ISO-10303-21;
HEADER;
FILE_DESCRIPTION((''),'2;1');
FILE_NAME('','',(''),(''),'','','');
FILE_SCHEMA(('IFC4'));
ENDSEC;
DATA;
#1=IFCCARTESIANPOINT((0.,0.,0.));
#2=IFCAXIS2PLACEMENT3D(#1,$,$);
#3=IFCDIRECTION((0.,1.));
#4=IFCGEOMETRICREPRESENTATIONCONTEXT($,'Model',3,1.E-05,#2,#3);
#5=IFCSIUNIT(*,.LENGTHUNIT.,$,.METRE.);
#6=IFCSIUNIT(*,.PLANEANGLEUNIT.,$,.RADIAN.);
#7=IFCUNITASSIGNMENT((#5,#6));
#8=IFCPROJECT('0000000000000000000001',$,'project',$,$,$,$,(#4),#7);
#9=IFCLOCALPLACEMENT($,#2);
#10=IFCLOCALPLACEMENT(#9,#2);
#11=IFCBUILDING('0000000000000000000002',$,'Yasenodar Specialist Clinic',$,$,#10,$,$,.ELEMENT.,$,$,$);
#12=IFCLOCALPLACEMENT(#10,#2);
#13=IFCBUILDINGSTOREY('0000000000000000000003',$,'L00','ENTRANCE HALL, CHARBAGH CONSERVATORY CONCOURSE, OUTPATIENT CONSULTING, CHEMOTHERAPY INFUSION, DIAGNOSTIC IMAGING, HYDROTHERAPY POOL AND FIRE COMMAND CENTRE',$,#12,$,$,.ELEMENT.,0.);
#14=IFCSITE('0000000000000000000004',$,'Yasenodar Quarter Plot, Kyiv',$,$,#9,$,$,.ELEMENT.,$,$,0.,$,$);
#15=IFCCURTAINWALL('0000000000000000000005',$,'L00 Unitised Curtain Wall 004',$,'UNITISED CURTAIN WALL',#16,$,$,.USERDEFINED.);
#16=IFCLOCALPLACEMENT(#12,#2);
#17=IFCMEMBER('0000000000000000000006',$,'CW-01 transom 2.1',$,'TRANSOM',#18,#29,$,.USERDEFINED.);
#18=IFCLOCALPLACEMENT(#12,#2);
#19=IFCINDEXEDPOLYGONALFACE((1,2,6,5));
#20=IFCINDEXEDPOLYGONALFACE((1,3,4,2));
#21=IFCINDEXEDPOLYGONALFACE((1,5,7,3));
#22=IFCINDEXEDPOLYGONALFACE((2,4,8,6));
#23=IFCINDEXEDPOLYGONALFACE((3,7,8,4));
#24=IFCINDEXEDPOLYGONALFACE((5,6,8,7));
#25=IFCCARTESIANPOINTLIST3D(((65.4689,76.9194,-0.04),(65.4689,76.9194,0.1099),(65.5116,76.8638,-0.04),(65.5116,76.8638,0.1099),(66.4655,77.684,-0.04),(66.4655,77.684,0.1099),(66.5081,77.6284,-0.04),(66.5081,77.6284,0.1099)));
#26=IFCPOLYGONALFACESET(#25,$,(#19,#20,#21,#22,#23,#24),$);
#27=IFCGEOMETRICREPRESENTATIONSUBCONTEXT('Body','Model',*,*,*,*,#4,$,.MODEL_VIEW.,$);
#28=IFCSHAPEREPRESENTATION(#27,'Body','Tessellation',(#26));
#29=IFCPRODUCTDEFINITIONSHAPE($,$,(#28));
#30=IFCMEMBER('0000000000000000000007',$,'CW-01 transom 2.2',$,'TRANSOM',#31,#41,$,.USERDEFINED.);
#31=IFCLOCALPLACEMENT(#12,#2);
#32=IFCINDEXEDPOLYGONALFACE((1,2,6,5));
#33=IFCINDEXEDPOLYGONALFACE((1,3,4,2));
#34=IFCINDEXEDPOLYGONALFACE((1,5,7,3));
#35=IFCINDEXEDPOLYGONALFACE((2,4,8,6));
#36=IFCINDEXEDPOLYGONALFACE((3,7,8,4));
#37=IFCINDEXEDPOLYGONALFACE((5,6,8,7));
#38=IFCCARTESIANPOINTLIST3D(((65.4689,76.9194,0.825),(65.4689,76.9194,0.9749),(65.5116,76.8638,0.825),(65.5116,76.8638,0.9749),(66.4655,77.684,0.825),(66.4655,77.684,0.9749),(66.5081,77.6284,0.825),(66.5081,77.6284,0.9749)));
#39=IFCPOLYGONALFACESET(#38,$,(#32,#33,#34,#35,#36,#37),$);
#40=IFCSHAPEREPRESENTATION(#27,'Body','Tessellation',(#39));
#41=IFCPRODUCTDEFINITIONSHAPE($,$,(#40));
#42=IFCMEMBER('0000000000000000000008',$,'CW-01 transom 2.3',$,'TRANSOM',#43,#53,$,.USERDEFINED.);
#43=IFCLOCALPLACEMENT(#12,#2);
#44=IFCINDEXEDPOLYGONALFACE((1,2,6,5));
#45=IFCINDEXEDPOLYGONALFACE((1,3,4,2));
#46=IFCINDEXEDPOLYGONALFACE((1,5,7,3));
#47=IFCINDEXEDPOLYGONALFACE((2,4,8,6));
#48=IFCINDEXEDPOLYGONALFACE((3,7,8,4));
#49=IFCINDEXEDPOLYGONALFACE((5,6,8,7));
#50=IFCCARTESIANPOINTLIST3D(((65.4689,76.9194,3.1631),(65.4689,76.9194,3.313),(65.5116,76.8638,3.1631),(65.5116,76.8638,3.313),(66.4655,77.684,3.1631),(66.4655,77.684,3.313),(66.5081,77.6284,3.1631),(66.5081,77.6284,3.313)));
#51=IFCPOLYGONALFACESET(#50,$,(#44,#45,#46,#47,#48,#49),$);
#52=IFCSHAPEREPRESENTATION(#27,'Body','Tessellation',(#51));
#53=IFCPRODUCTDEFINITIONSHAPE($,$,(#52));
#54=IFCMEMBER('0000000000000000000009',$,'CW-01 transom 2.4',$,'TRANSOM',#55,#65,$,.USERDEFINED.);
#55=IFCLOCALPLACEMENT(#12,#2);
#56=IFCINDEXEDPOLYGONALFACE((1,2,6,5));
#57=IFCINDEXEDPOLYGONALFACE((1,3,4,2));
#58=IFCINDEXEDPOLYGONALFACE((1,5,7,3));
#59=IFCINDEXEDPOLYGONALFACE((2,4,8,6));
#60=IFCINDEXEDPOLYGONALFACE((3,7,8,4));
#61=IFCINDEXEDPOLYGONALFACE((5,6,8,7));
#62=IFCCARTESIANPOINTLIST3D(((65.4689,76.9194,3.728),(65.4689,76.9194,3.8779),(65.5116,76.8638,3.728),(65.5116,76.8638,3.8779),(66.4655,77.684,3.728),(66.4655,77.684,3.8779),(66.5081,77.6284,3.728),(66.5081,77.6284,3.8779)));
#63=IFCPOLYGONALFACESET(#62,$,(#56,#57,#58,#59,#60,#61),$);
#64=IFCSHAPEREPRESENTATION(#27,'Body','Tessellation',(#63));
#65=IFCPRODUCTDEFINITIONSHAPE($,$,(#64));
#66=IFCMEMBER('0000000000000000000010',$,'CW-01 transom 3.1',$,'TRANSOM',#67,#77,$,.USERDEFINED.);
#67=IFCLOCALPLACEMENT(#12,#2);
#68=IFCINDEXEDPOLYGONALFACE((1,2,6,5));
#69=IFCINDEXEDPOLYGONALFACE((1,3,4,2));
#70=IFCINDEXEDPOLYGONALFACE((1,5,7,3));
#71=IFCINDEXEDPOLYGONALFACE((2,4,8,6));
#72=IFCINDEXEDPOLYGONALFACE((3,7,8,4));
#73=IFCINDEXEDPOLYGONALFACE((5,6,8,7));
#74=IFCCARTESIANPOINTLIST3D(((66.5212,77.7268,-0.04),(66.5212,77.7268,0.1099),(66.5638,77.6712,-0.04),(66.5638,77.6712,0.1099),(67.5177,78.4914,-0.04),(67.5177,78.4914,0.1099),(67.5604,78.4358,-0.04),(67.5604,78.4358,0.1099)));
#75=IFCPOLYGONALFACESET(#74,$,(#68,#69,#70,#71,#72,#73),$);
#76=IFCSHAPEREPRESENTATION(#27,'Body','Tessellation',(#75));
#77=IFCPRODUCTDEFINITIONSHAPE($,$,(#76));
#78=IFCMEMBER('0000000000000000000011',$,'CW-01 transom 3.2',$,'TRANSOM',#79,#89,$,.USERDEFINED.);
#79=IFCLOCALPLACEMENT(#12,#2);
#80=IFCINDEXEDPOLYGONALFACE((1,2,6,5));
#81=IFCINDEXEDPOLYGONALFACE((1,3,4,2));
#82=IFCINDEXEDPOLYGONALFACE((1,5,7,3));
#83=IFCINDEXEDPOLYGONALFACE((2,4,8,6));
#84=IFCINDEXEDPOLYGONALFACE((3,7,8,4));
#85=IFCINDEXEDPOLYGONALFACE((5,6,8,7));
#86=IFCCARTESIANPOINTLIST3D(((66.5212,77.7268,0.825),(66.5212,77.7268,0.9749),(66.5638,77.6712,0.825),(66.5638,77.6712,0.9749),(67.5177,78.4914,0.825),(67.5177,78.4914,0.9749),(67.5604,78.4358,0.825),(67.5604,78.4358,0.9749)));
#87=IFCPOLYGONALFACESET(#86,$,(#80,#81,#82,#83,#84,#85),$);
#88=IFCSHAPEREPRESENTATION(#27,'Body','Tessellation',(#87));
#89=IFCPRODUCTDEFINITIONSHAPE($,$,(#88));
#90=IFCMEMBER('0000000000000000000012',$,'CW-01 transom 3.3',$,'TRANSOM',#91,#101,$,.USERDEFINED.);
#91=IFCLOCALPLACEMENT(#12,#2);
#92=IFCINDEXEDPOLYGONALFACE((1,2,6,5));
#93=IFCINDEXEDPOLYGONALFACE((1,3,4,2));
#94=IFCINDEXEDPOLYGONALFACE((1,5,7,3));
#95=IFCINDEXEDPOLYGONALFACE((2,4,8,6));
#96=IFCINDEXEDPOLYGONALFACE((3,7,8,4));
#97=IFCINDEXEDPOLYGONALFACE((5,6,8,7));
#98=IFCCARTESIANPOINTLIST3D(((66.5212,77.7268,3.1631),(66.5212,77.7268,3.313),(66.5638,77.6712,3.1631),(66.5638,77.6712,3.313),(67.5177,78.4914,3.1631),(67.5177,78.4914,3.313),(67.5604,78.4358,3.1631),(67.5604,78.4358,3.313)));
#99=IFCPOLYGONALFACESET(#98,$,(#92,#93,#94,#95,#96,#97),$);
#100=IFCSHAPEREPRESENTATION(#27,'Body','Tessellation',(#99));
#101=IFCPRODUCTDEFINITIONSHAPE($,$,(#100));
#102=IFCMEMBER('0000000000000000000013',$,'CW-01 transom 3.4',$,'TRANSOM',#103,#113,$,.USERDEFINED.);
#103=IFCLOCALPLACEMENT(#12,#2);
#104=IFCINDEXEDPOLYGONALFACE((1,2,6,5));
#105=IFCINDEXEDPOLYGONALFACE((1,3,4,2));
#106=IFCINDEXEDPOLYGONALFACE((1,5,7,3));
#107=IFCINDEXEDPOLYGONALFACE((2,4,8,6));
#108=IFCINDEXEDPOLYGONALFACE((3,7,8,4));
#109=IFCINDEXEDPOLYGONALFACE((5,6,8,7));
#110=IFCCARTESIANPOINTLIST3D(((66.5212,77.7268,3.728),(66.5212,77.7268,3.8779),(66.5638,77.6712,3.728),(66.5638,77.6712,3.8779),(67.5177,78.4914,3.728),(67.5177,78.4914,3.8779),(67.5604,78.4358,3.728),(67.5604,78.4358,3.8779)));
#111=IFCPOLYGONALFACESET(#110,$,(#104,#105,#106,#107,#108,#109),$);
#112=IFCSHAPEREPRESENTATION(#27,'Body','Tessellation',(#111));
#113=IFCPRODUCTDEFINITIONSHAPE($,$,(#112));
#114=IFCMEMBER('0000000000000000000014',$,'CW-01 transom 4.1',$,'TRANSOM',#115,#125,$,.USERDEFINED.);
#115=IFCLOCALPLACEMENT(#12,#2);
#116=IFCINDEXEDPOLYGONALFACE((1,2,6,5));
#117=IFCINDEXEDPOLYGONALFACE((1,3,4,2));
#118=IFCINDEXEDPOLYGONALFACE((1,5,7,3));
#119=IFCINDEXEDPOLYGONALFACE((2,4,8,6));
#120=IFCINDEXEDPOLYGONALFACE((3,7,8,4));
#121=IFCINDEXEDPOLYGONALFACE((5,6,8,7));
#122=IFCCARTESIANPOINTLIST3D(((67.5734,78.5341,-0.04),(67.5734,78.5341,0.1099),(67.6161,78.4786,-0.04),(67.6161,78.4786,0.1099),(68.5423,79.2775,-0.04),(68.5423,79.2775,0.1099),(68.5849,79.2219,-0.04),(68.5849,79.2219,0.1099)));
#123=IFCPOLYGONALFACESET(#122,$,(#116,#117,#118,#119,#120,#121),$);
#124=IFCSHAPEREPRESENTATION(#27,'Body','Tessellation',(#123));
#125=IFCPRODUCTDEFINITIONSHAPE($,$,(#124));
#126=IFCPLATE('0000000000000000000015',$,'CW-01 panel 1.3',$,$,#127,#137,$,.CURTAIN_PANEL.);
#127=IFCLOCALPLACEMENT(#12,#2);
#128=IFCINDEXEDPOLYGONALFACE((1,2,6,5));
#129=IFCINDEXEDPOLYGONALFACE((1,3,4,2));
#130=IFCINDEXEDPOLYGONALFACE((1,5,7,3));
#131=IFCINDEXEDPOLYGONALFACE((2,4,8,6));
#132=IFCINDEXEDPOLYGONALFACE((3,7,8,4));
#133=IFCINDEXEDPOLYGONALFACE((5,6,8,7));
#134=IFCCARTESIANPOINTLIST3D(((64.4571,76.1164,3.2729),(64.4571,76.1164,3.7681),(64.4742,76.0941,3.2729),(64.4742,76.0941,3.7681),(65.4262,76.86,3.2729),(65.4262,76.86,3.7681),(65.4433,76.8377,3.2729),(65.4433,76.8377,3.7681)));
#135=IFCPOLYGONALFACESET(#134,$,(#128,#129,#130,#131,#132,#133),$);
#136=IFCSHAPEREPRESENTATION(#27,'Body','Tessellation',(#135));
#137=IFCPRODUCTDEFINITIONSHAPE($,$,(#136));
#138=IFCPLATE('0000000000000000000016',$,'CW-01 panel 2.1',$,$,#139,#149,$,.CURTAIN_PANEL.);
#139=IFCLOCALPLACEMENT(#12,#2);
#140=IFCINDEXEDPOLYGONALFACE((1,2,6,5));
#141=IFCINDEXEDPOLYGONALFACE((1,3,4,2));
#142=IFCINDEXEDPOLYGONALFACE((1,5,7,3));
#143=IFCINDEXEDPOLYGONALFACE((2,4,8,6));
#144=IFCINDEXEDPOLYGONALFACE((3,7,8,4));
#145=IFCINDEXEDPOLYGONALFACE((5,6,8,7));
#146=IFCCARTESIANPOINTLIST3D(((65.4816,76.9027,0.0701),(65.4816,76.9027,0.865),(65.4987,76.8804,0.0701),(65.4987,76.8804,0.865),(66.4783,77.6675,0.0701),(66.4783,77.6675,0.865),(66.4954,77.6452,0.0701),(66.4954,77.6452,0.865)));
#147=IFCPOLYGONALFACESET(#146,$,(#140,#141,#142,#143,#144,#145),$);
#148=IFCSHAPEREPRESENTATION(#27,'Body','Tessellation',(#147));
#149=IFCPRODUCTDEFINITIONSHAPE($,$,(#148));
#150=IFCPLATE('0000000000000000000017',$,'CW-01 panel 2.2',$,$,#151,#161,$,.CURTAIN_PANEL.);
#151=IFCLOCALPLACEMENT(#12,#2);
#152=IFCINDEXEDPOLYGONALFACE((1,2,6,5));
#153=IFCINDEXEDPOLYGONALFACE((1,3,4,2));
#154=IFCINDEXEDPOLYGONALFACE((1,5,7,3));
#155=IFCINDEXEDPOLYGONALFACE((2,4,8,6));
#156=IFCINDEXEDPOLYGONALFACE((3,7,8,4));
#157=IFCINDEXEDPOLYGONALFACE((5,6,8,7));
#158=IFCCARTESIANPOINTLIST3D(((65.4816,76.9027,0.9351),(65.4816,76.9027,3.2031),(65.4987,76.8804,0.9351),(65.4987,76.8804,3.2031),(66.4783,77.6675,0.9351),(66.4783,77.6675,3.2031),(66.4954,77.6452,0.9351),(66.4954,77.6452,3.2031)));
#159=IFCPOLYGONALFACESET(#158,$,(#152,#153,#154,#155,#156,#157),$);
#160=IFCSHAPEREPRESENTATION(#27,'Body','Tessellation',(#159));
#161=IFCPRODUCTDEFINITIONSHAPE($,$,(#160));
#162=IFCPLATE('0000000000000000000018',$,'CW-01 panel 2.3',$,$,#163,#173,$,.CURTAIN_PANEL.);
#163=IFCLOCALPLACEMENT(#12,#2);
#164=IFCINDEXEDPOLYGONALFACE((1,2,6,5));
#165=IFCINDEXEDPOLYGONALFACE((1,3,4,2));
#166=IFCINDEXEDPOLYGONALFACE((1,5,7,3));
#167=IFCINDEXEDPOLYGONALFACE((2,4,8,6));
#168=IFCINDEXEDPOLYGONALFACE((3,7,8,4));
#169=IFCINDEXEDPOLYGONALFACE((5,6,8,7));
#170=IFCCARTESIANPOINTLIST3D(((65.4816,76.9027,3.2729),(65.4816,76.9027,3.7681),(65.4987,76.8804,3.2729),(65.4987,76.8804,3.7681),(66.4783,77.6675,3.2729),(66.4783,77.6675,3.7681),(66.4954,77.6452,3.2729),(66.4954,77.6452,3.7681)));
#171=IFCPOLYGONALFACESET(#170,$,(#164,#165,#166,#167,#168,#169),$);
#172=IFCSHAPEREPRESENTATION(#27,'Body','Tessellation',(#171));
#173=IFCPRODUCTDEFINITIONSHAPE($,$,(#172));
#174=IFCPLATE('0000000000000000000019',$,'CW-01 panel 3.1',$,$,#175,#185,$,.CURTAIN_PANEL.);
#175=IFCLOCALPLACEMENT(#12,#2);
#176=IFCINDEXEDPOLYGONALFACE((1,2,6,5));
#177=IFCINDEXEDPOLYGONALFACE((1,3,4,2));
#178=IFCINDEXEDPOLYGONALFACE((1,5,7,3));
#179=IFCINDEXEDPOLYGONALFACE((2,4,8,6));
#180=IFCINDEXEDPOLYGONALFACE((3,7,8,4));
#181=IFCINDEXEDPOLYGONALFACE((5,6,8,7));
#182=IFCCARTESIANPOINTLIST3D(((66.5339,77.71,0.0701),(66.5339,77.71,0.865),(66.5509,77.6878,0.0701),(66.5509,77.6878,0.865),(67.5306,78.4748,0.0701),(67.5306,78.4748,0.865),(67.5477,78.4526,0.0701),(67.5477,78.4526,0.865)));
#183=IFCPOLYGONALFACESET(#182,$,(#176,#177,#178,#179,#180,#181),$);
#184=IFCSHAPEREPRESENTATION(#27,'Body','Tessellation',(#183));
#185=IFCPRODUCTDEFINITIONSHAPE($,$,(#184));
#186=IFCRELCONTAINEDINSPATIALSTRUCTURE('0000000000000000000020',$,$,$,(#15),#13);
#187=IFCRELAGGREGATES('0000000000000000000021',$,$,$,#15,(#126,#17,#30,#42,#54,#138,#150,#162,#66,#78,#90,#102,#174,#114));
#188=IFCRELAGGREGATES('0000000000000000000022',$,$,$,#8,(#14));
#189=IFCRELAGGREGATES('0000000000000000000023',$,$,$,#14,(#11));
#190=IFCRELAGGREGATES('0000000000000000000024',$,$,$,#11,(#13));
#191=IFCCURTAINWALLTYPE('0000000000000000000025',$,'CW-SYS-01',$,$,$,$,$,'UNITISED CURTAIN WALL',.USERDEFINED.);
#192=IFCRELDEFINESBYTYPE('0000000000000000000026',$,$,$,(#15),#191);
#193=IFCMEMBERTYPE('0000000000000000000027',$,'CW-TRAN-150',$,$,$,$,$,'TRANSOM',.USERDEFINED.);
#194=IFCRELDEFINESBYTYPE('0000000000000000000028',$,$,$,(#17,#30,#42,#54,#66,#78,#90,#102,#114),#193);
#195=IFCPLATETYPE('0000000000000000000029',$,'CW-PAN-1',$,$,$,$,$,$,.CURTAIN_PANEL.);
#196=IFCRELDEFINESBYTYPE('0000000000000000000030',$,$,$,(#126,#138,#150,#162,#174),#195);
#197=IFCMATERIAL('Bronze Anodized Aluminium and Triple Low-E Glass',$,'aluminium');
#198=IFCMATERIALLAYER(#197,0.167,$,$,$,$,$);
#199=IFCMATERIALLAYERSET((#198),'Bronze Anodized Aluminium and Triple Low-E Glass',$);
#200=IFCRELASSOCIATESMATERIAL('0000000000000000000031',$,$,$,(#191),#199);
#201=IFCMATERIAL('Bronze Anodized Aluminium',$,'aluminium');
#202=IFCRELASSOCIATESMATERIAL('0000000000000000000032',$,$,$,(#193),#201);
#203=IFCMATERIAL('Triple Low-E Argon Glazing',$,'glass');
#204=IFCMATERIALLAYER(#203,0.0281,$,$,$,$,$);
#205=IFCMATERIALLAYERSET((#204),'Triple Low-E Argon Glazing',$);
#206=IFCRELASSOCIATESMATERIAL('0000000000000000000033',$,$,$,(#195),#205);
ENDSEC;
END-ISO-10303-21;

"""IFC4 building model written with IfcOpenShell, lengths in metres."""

from ifc_helpers import new_model, si_unit, direction, frame, origin, origin_2d, place, context, subcontext, project, spatial, rectangle, extrude, material, layer, layer_set, material_profile, profile_set, type_object, element, aggregate, save


model = new_model("IFC4")

# Units and contexts
model_context = context("Model", 3, precision=1e-05, world=origin(), true_north=direction((0.0, 1.0)))
body_context = subcontext(model_context, "Body", "Model", "MODEL_VIEW")
ifc_project = project(units=[si_unit("LENGTHUNIT", "METRE"), si_unit("PLANEANGLEUNIT", "RADIAN")], contexts=[model_context])

# Site, building, storey
site_placement = place(None, origin())
site = spatial("IfcSite", under=ifc_project, at=site_placement, Name="Yasenodar Quarter Plot, Kyiv", CompositionType="ELEMENT", RefElevation=0.0)
building_placement = place(site_placement, origin())
building = spatial("IfcBuilding", under=site, at=building_placement, Name="Yasenodar Specialist Clinic", CompositionType="ELEMENT")
storey_placement = place(building_placement, origin())
storey = spatial("IfcBuildingStorey", under=building, at=storey_placement, Name="L00", Description="ENTRANCE HALL, CHARBAGH CONSERVATORY CONCOURSE, OUTPATIENT CONSULTING, CHEMOTHERAPY INFUSION, DIAGNOSTIC IMAGING, HYDROTHERAPY POOL AND FIRE COMMAND CENTRE", CompositionType="ELEMENT", Elevation=0.0)

# Curtain wall, members, plates
ifc_material_1 = material(Name="Bronze Anodized Aluminium and Triple Low-E Glass", Category="aluminium")
ifc_layer_1 = layer(ifc_material_1, 0.167)
ifc_layer_set_1 = layer_set([ifc_layer_1], Name="Bronze Anodized Aluminium and Triple Low-E Glass")
curtain_wall_type = type_object("IfcCurtainWallType", Name="CW-SYS-01", ElementType="UNITISED CURTAIN WALL", PredefinedType="USERDEFINED", material=ifc_layer_set_1)
curtain_wall_placement = place(storey_placement, origin())
curtain_wall = element("IfcCurtainWall", 1, at=curtain_wall_placement, inside=storey, type_object=curtain_wall_type, Name="L00 Unitised Curtain Wall 004", ObjectType="UNITISED CURTAIN WALL", PredefinedType="USERDEFINED")
ifc_material_2 = material(Name="Bronze Anodized Aluminium", Category="aluminium")
ifc_material_profile_1 = material_profile(ifc_material_2, rectangle(XDim=0.0701, YDim=0.1499, at=origin_2d()), Name="CW-TRAN 70x150")
ifc_profile_set_1 = profile_set([ifc_material_profile_1], Name="Bronze Anodized Aluminium")
member_type_1 = type_object("IfcMemberType", Name="CW-TRAN-150", ElementType="TRANSOM", PredefinedType="USERDEFINED", material=ifc_profile_set_1)
member_1_placement = place(storey_placement, frame((65.4902, 76.8916, 0.0349), z_axis=(0.793375, 0.608733, 0.0), x_axis=(-0.608733, 0.793375, 0.0)))
member_1 = element("IfcMember", 2, at=member_1_placement, type_object=member_type_1, Name="CW-01 transom 2.1", ObjectType="TRANSOM", PredefinedType="USERDEFINED", context=body_context, shape_type="SweptSolid", body=[
    extrude(rectangle(XDim=0.0701, YDim=0.1499, at=origin_2d()), origin(), (0.0, 0.0, 1.0), 1.2561),
])
member_2_placement = place(storey_placement, frame((65.4902, 76.8916, 0.8999), z_axis=(0.793375, 0.608733, 0.0), x_axis=(-0.608733, 0.793375, 0.0)))
member_2 = element("IfcMember", 3, at=member_2_placement, type_object=member_type_1, Name="CW-01 transom 2.2", ObjectType="TRANSOM", PredefinedType="USERDEFINED", context=body_context, shape_type="SweptSolid", body=[
    extrude(rectangle(XDim=0.0701, YDim=0.1499, at=origin_2d()), origin(), (0.0, 0.0, 1.0), 1.2561),
])
member_3_placement = place(storey_placement, frame((65.4902, 76.8916, 3.238), z_axis=(0.793375, 0.608733, 0.0), x_axis=(-0.608733, 0.793375, 0.0)))
member_3 = element("IfcMember", 4, at=member_3_placement, type_object=member_type_1, Name="CW-01 transom 2.3", ObjectType="TRANSOM", PredefinedType="USERDEFINED", context=body_context, shape_type="SweptSolid", body=[
    extrude(rectangle(XDim=0.0701, YDim=0.1499, at=origin_2d()), origin(), (0.0, 0.0, 1.0), 1.2561),
])
member_4_placement = place(storey_placement, frame((65.4902, 76.8916, 3.803), z_axis=(0.793375, 0.608733, 0.0), x_axis=(-0.608733, 0.793375, 0.0)))
member_4 = element("IfcMember", 5, at=member_4_placement, type_object=member_type_1, Name="CW-01 transom 2.4", ObjectType="TRANSOM", PredefinedType="USERDEFINED", context=body_context, shape_type="SweptSolid", body=[
    extrude(rectangle(XDim=0.0701, YDim=0.1499, at=origin_2d()), origin(), (0.0, 0.0, 1.0), 1.2561),
])
member_5_placement = place(storey_placement, frame((66.5425, 77.699, 0.0349), z_axis=(0.793375, 0.608733, 0.0), x_axis=(-0.608733, 0.793375, 0.0)))
member_5 = element("IfcMember", 6, at=member_5_placement, type_object=member_type_1, Name="CW-01 transom 3.1", ObjectType="TRANSOM", PredefinedType="USERDEFINED", context=body_context, shape_type="SweptSolid", body=[
    extrude(rectangle(XDim=0.0701, YDim=0.1499, at=origin_2d()), origin(), (0.0, 0.0, 1.0), 1.2561),
])
member_6_placement = place(storey_placement, frame((66.5425, 77.699, 0.8999), z_axis=(0.793375, 0.608733, 0.0), x_axis=(-0.608733, 0.793375, 0.0)))
member_6 = element("IfcMember", 7, at=member_6_placement, type_object=member_type_1, Name="CW-01 transom 3.2", ObjectType="TRANSOM", PredefinedType="USERDEFINED", context=body_context, shape_type="SweptSolid", body=[
    extrude(rectangle(XDim=0.0701, YDim=0.1499, at=origin_2d()), origin(), (0.0, 0.0, 1.0), 1.2561),
])
member_7_placement = place(storey_placement, frame((66.5425, 77.699, 3.238), z_axis=(0.793375, 0.608733, 0.0), x_axis=(-0.608733, 0.793375, 0.0)))
member_7 = element("IfcMember", 8, at=member_7_placement, type_object=member_type_1, Name="CW-01 transom 3.3", ObjectType="TRANSOM", PredefinedType="USERDEFINED", context=body_context, shape_type="SweptSolid", body=[
    extrude(rectangle(XDim=0.0701, YDim=0.1499, at=origin_2d()), origin(), (0.0, 0.0, 1.0), 1.2561),
])
member_8_placement = place(storey_placement, frame((66.5425, 77.699, 3.803), z_axis=(0.793375, 0.608733, 0.0), x_axis=(-0.608733, 0.793375, 0.0)))
member_8 = element("IfcMember", 9, at=member_8_placement, type_object=member_type_1, Name="CW-01 transom 3.4", ObjectType="TRANSOM", PredefinedType="USERDEFINED", context=body_context, shape_type="SweptSolid", body=[
    extrude(rectangle(XDim=0.0701, YDim=0.1499, at=origin_2d()), origin(), (0.0, 0.0, 1.0), 1.2561),
])
member_9_placement = place(storey_placement, frame((67.5947, 78.5063, 0.0349), z_axis=(0.793404, 0.608696, 0.0), x_axis=(-0.608696, 0.793404, 0.0)))
member_9 = element("IfcMember", 10, at=member_9_placement, type_object=member_type_1, Name="CW-01 transom 4.1", ObjectType="TRANSOM", PredefinedType="USERDEFINED", context=body_context, shape_type="SweptSolid", body=[
    extrude(rectangle(XDim=0.0701, YDim=0.1499, at=origin_2d()), origin(), (0.0, 0.0, 1.0), 1.2212),
])
ifc_material_3 = material(Name="Triple Low-E Argon Glazing", Category="glass")
ifc_layer_2 = layer(ifc_material_3, 0.0281)
ifc_layer_set_2 = layer_set([ifc_layer_2], Name="Triple Low-E Argon Glazing")
plate_type = type_object("IfcPlateType", Name="CW-PAN-1", PredefinedType="CURTAIN_PANEL", material=ifc_layer_set_2)
plate_1_placement = place(storey_placement, frame((64.9502, 76.4771, 3.2729), z_axis=(0.0, 0.0, 1.0), x_axis=(0.793361, 0.608752, 0.0)))
plate_1 = element("IfcPlate", 11, at=plate_1_placement, type_object=plate_type, Name="CW-01 panel 1.3", PredefinedType="CURTAIN_PANEL", context=body_context, shape_type="SweptSolid", body=[
    extrude(rectangle(XDim=1.2214, YDim=0.0281, at=origin_2d()), origin(), (0.0, 0.0, 1.0), 0.4951),
])
plate_2_placement = place(storey_placement, frame((65.9885, 77.2739, 0.0701), z_axis=(0.0, 0.0, 1.0), x_axis=(0.793361, 0.608752, 0.0)))
plate_2 = element("IfcPlate", 12, at=plate_2_placement, type_object=plate_type, Name="CW-01 panel 2.1", PredefinedType="CURTAIN_PANEL", context=body_context, shape_type="SweptSolid", body=[
    extrude(rectangle(XDim=1.2563, YDim=0.0281, at=origin_2d()), origin(), (0.0, 0.0, 1.0), 0.7949),
])
plate_3_placement = place(storey_placement, frame((65.9885, 77.2739, 0.9351), z_axis=(0.0, 0.0, 1.0), x_axis=(0.793361, 0.608752, 0.0)))
plate_3 = element("IfcPlate", 13, at=plate_3_placement, type_object=plate_type, Name="CW-01 panel 2.2", PredefinedType="CURTAIN_PANEL", context=body_context, shape_type="SweptSolid", body=[
    extrude(rectangle(XDim=1.2563, YDim=0.0281, at=origin_2d()), origin(), (0.0, 0.0, 1.0), 2.2681),
])
plate_4_placement = place(storey_placement, frame((65.9885, 77.2739, 3.2729), z_axis=(0.0, 0.0, 1.0), x_axis=(0.793361, 0.608752, 0.0)))
plate_4 = element("IfcPlate", 14, at=plate_4_placement, type_object=plate_type, Name="CW-01 panel 2.3", PredefinedType="CURTAIN_PANEL", context=body_context, shape_type="SweptSolid", body=[
    extrude(rectangle(XDim=1.2563, YDim=0.0281, at=origin_2d()), origin(), (0.0, 0.0, 1.0), 0.4951),
])
plate_5_placement = place(storey_placement, frame((67.0408, 78.0813, 0.0701), z_axis=(0.0, 0.0, 1.0), x_axis=(0.793361, 0.608752, 0.0)))
plate_5 = element("IfcPlate", 15, at=plate_5_placement, type_object=plate_type, Name="CW-01 panel 3.1", PredefinedType="CURTAIN_PANEL", context=body_context, shape_type="SweptSolid", body=[
    extrude(rectangle(XDim=1.2563, YDim=0.0281, at=origin_2d()), origin(), (0.0, 0.0, 1.0), 0.7949),
])
aggregate(curtain_wall, [plate_1, member_1, member_2, member_3, member_4, plate_2, plate_3, plate_4, member_5, member_6, member_7, member_8, plate_5, member_9])

save(model, "model.ifc")
